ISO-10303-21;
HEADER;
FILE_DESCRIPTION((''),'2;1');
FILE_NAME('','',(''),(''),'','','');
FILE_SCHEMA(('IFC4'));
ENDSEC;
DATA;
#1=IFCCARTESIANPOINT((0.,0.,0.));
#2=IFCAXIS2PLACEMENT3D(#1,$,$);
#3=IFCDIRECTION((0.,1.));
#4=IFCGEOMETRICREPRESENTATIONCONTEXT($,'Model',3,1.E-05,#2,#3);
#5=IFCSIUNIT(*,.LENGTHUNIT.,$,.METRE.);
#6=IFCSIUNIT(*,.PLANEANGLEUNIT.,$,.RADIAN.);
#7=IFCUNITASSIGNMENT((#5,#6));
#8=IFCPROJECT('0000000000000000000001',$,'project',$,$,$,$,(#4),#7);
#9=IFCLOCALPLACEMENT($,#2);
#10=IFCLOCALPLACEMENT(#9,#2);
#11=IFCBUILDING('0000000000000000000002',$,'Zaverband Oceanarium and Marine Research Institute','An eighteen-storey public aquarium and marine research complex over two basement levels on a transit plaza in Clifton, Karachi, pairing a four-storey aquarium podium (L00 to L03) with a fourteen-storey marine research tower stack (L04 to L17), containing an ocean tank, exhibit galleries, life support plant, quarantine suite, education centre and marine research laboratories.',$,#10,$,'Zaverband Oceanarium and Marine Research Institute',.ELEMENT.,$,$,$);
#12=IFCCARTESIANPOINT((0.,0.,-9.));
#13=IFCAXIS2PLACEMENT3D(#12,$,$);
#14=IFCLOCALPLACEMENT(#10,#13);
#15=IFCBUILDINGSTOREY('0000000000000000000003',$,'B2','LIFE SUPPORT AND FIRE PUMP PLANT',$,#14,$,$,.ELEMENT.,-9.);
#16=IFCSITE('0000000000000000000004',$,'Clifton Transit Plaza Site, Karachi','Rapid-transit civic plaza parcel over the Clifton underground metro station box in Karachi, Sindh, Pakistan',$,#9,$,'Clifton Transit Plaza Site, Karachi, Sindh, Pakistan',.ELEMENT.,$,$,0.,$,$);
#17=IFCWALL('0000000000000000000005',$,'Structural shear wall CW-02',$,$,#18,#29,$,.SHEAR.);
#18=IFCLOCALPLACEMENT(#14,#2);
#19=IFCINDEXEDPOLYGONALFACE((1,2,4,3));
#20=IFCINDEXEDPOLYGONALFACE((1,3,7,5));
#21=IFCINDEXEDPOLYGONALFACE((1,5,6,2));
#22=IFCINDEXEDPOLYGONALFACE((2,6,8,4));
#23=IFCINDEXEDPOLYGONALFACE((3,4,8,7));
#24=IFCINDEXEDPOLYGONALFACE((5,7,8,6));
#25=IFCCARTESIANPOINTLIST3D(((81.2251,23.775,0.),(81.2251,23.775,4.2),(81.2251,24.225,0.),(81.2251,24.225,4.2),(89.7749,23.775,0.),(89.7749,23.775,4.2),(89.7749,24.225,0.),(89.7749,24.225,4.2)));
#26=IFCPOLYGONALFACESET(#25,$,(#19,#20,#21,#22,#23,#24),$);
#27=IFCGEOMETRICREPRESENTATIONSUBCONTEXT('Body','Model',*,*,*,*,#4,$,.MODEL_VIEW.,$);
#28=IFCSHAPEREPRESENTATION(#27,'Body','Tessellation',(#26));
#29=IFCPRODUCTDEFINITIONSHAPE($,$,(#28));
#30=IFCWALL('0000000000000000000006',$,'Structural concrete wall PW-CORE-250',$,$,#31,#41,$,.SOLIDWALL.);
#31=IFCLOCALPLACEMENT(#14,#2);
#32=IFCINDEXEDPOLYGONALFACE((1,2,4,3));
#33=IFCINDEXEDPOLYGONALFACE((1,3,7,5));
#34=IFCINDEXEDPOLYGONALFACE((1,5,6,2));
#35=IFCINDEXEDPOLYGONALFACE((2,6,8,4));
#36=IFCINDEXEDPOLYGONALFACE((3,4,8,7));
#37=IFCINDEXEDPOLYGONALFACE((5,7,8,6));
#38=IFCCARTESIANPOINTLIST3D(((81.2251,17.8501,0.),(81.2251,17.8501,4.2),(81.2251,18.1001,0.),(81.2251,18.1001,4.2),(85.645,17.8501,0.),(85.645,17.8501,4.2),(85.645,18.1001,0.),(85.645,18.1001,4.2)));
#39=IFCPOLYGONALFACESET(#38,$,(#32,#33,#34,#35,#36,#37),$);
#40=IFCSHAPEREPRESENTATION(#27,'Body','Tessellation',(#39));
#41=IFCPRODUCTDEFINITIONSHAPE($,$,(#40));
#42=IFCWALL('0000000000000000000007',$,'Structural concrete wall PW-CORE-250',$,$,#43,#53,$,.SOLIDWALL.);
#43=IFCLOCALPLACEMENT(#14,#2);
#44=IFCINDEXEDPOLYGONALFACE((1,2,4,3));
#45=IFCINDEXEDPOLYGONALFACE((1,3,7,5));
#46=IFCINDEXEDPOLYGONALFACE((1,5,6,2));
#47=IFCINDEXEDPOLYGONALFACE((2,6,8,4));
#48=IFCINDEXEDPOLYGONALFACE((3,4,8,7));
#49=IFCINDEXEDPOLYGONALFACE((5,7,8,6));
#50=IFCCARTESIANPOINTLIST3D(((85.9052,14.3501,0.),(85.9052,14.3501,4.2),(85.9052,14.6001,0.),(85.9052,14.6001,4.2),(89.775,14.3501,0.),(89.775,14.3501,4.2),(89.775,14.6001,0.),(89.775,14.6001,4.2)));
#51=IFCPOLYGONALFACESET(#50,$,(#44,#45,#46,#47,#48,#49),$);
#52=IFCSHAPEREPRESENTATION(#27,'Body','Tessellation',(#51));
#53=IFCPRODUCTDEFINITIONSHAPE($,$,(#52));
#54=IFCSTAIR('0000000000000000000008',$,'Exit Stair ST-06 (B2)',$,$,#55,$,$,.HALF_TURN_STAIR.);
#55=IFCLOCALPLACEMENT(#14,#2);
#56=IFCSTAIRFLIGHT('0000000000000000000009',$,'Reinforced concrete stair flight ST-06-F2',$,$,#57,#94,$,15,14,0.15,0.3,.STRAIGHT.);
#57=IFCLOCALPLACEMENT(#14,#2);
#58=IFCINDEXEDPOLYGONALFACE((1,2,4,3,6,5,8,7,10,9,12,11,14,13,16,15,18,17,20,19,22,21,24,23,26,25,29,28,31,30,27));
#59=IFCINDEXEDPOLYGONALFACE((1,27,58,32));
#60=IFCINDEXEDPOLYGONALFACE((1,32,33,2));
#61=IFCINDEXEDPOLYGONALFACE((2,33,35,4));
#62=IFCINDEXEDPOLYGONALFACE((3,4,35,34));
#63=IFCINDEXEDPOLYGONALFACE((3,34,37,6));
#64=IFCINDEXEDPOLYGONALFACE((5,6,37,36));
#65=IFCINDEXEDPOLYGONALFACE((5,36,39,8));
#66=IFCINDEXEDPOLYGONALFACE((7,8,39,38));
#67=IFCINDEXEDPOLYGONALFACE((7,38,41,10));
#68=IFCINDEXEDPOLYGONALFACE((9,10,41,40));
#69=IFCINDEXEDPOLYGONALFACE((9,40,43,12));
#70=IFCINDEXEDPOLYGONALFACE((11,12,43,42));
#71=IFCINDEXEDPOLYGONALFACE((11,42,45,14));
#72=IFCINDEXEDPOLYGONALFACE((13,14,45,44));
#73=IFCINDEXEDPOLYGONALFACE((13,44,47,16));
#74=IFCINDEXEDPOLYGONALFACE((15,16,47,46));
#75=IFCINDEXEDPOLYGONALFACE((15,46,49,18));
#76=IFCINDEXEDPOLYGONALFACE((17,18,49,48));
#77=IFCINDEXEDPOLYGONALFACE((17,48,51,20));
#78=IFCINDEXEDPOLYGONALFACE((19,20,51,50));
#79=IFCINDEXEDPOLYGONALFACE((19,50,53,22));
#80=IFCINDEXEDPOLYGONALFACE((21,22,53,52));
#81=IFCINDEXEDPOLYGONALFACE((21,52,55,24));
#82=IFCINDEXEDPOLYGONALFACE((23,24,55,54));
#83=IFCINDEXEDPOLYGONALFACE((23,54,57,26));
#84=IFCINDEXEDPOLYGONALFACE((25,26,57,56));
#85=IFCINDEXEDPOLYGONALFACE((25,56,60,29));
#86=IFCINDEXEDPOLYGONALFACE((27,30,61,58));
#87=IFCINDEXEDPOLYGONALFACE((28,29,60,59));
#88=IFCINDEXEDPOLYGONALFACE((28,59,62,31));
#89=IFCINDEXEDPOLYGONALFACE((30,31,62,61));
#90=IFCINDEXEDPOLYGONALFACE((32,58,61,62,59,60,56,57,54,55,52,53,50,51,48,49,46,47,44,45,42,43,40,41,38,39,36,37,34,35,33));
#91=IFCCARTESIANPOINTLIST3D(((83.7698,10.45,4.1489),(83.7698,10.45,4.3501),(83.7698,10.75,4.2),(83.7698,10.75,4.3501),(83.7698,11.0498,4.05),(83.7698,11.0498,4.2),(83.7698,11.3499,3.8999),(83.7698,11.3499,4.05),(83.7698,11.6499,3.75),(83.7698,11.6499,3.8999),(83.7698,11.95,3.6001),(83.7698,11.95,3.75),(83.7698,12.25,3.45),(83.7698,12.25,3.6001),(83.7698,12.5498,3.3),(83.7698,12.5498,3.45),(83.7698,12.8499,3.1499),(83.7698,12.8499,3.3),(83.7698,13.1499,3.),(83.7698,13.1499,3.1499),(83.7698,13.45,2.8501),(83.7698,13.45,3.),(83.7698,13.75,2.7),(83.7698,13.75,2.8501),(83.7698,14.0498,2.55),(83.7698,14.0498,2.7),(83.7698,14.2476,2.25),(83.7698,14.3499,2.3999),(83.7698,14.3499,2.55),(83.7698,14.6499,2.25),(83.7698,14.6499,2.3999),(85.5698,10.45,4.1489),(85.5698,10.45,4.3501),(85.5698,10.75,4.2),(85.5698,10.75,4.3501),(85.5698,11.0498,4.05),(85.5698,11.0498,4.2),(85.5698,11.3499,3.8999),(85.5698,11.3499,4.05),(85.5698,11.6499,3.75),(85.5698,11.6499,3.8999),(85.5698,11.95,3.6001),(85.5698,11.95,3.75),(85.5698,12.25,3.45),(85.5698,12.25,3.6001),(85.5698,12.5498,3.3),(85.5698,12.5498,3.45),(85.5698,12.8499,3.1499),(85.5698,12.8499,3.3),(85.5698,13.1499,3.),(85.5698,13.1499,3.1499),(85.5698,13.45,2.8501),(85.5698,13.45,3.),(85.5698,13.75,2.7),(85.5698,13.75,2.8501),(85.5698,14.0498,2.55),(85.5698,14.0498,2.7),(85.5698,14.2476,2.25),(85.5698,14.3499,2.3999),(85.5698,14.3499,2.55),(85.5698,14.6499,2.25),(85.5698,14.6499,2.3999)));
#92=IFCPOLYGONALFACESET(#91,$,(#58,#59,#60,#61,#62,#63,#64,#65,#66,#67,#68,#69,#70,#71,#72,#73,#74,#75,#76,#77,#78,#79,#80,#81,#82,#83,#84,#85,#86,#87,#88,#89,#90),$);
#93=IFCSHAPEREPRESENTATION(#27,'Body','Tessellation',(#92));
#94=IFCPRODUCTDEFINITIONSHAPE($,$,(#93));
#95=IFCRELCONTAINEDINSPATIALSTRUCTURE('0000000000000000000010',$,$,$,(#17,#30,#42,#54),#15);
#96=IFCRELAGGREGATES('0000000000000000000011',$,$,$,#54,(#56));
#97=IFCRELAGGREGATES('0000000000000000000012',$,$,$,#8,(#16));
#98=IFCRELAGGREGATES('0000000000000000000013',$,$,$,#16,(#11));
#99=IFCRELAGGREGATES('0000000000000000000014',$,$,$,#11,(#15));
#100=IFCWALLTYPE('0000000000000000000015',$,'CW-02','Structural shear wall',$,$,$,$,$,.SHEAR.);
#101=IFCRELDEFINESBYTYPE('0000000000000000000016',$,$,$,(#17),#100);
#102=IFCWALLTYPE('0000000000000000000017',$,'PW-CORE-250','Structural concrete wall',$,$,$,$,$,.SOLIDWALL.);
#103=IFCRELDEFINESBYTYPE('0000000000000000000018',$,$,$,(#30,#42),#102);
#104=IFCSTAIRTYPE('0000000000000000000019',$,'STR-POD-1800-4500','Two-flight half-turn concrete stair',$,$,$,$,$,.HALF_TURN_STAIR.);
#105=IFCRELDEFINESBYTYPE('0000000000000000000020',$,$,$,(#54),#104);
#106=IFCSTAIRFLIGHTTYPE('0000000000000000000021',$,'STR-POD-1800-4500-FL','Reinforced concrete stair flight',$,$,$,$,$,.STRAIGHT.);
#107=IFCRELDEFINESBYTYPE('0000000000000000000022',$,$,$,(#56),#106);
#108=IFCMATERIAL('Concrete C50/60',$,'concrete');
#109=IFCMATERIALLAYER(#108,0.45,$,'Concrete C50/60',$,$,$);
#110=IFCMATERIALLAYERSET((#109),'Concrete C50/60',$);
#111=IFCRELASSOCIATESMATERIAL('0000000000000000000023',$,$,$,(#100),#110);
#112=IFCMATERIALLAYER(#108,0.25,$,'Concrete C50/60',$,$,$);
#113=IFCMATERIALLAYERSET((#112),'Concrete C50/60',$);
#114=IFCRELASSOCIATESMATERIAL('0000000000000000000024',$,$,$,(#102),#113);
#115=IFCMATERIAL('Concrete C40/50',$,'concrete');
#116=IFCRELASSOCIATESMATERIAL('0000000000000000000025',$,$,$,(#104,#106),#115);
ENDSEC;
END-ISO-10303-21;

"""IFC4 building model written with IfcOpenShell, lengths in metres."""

from ifc_helpers import new_model, si_unit, direction, frame, frame_2d, origin, place, context, subcontext, project, spatial, polyline, rectangle, outline, extrude, material, layer, layer_set, type_object, element, aggregate, save


model = new_model("IFC4")

# Units and contexts
model_context = context("Model", 3, precision=1e-05, world=origin(), true_north=direction((0.0, 1.0)))
body_context = subcontext(model_context, "Body", "Model", "MODEL_VIEW")
ifc_project = project(units=[si_unit("LENGTHUNIT", "METRE"), si_unit("PLANEANGLEUNIT", "RADIAN")], contexts=[model_context])

# Site, building, storey
site_placement = place(None, origin())
site = spatial("IfcSite", under=ifc_project, at=site_placement, Name="Clifton Transit Plaza Site, Karachi", Description="Rapid-transit civic plaza parcel over the Clifton underground metro station box in Karachi, Sindh, Pakistan", LongName="Clifton Transit Plaza Site, Karachi, Sindh, Pakistan", CompositionType="ELEMENT", RefElevation=0.0)
building_placement = place(site_placement, origin())
building = spatial("IfcBuilding", under=site, at=building_placement, Name="Zaverband Oceanarium and Marine Research Institute", Description="An eighteen-storey public aquarium and marine research complex over two basement levels on a transit plaza in Clifton, Karachi, pairing a four-storey aquarium podium (L00 to L03) with a fourteen-storey marine research tower stack (L04 to L17), containing an ocean tank, exhibit galleries, life support plant, quarantine suite, education centre and marine research laboratories.", LongName="Zaverband Oceanarium and Marine Research Institute", CompositionType="ELEMENT")
storey_placement = place(building_placement, frame((0.0, 0.0, -9.0)))
storey = spatial("IfcBuildingStorey", under=building, at=storey_placement, Name="B2", Description="LIFE SUPPORT AND FIRE PUMP PLANT", CompositionType="ELEMENT", Elevation=-9.0)

# Shared definitions
ifc_material_1 = material(Name="Concrete C50/60", Category="concrete")

# Shared definitions
ifc_material_2 = material(Name="Concrete C40/50", Category="concrete")

# Walls
ifc_layer_1 = layer(ifc_material_1, 0.45, Name="Concrete C50/60")
ifc_layer_set_1 = layer_set([ifc_layer_1], Name="Concrete C50/60")
wall_type_1 = type_object("IfcWallType", Name="CW-02", Description="Structural shear wall", PredefinedType="SHEAR", material=ifc_layer_set_1)
wall_1_placement = place(storey_placement, frame((81.2251, 24.0, 0.0), z_axis=(0.0, 0.0, 1.0), x_axis=(1.0, 0.0, 0.0)))
element("IfcWall", 1, at=wall_1_placement, inside=storey, type_object=wall_type_1, Name="Structural shear wall CW-02", PredefinedType="SHEAR", context=body_context, shape_type="SweptSolid", body=[
    extrude(rectangle(XDim=8.5498, YDim=0.45, at=frame_2d((4.2749, 0.0))), origin(), (0.0, 0.0, 1.0), 4.2),
])
ifc_layer_2 = layer(ifc_material_1, 0.25, Name="Concrete C50/60")
ifc_layer_set_2 = layer_set([ifc_layer_2], Name="Concrete C50/60")
wall_type_2 = type_object("IfcWallType", Name="PW-CORE-250", Description="Structural concrete wall", PredefinedType="SOLIDWALL", material=ifc_layer_set_2)
wall_2_placement = place(storey_placement, frame((81.2251, 17.9751, 0.0), z_axis=(0.0, 0.0, 1.0), x_axis=(1.0, 0.0, 0.0)))
element("IfcWall", 2, at=wall_2_placement, inside=storey, type_object=wall_type_2, Name="Structural concrete wall PW-CORE-250", PredefinedType="SOLIDWALL", context=body_context, shape_type="SweptSolid", body=[
    extrude(rectangle(XDim=4.4199, YDim=0.25, at=frame_2d((2.21, 0.0))), origin(), (0.0, 0.0, 1.0), 4.2),
])
wall_3_placement = place(storey_placement, frame((85.905, 14.4751, 0.0), z_axis=(0.0, 0.0, 1.0), x_axis=(1.0, 0.0, 0.0)))
element("IfcWall", 3, at=wall_3_placement, inside=storey, type_object=wall_type_2, Name="Structural concrete wall PW-CORE-250", PredefinedType="SOLIDWALL", context=body_context, shape_type="SweptSolid", body=[
    extrude(rectangle(XDim=3.8699, YDim=0.25, at=frame_2d((1.9351, 0.0))), origin(), (0.0, 0.0, 1.0), 4.2),
])

# Stair, stair flight
stair_type = type_object("IfcStairType", Name="STR-POD-1800-4500", Description="Two-flight half-turn concrete stair", PredefinedType="HALF_TURN_STAIR", material=ifc_material_2)
stair_placement = place(storey_placement, origin())
stair = element("IfcStair", 4, at=stair_placement, inside=storey, type_object=stair_type, Name="Exit Stair ST-06 (B2)", PredefinedType="HALF_TURN_STAIR")
stair_flight_type = type_object("IfcStairFlightType", Name="STR-POD-1800-4500-FL", Description="Reinforced concrete stair flight", PredefinedType="STRAIGHT", material=ifc_material_2)
stair_flight_placement = place(storey_placement, frame((84.6699, 14.6499, 2.25), z_axis=(0.0, 0.0, 1.0), x_axis=(0.0, -1.0, 0.0)))
stair_flight = element("IfcStairFlight", 5, at=stair_flight_placement, type_object=stair_flight_type, Name="Reinforced concrete stair flight ST-06-F2", NumberOfRisers=15, NumberOfTreads=14, PredefinedType="STRAIGHT", RiserHeight=0.15, TreadLength=0.3, context=body_context, shape_type="SweptSolid", body=[
    extrude(outline(polyline([(0.0, 0.0), (0.0, 0.1499), (0.3, 0.1499), (0.3, 0.3), (0.6001, 0.3), (0.6001, 0.45), (0.8999, 0.45), (0.8999, 0.6001), (1.2, 0.6001), (1.2, 0.75), (1.5, 0.75), (1.5, 0.8999), (1.8, 0.8999), (1.8, 1.05), (2.1001, 1.05), (2.1001, 1.2), (2.3999, 1.2), (2.3999, 1.3501), (2.7, 1.3501), (2.7, 1.5), (3.0, 1.5), (3.0, 1.6499), (3.3, 1.6499), (3.3, 1.8), (3.6001, 1.8), (3.6001, 1.95), (3.8999, 1.95), (3.8999, 2.1001), (4.2, 2.1001), (4.2, 2.25), (4.2, 1.8989), (0.4023, 0.0), (0.0, 0.0)])), frame((0.0, 0.8999, 0.0), z_axis=(0.0, -1.0, 0.0), x_axis=(1.0, 0.0, 0.0)), (0.0, 0.0, 1.0), 1.8),
])
aggregate(stair, [stair_flight])

save(model, "model.ifc")
